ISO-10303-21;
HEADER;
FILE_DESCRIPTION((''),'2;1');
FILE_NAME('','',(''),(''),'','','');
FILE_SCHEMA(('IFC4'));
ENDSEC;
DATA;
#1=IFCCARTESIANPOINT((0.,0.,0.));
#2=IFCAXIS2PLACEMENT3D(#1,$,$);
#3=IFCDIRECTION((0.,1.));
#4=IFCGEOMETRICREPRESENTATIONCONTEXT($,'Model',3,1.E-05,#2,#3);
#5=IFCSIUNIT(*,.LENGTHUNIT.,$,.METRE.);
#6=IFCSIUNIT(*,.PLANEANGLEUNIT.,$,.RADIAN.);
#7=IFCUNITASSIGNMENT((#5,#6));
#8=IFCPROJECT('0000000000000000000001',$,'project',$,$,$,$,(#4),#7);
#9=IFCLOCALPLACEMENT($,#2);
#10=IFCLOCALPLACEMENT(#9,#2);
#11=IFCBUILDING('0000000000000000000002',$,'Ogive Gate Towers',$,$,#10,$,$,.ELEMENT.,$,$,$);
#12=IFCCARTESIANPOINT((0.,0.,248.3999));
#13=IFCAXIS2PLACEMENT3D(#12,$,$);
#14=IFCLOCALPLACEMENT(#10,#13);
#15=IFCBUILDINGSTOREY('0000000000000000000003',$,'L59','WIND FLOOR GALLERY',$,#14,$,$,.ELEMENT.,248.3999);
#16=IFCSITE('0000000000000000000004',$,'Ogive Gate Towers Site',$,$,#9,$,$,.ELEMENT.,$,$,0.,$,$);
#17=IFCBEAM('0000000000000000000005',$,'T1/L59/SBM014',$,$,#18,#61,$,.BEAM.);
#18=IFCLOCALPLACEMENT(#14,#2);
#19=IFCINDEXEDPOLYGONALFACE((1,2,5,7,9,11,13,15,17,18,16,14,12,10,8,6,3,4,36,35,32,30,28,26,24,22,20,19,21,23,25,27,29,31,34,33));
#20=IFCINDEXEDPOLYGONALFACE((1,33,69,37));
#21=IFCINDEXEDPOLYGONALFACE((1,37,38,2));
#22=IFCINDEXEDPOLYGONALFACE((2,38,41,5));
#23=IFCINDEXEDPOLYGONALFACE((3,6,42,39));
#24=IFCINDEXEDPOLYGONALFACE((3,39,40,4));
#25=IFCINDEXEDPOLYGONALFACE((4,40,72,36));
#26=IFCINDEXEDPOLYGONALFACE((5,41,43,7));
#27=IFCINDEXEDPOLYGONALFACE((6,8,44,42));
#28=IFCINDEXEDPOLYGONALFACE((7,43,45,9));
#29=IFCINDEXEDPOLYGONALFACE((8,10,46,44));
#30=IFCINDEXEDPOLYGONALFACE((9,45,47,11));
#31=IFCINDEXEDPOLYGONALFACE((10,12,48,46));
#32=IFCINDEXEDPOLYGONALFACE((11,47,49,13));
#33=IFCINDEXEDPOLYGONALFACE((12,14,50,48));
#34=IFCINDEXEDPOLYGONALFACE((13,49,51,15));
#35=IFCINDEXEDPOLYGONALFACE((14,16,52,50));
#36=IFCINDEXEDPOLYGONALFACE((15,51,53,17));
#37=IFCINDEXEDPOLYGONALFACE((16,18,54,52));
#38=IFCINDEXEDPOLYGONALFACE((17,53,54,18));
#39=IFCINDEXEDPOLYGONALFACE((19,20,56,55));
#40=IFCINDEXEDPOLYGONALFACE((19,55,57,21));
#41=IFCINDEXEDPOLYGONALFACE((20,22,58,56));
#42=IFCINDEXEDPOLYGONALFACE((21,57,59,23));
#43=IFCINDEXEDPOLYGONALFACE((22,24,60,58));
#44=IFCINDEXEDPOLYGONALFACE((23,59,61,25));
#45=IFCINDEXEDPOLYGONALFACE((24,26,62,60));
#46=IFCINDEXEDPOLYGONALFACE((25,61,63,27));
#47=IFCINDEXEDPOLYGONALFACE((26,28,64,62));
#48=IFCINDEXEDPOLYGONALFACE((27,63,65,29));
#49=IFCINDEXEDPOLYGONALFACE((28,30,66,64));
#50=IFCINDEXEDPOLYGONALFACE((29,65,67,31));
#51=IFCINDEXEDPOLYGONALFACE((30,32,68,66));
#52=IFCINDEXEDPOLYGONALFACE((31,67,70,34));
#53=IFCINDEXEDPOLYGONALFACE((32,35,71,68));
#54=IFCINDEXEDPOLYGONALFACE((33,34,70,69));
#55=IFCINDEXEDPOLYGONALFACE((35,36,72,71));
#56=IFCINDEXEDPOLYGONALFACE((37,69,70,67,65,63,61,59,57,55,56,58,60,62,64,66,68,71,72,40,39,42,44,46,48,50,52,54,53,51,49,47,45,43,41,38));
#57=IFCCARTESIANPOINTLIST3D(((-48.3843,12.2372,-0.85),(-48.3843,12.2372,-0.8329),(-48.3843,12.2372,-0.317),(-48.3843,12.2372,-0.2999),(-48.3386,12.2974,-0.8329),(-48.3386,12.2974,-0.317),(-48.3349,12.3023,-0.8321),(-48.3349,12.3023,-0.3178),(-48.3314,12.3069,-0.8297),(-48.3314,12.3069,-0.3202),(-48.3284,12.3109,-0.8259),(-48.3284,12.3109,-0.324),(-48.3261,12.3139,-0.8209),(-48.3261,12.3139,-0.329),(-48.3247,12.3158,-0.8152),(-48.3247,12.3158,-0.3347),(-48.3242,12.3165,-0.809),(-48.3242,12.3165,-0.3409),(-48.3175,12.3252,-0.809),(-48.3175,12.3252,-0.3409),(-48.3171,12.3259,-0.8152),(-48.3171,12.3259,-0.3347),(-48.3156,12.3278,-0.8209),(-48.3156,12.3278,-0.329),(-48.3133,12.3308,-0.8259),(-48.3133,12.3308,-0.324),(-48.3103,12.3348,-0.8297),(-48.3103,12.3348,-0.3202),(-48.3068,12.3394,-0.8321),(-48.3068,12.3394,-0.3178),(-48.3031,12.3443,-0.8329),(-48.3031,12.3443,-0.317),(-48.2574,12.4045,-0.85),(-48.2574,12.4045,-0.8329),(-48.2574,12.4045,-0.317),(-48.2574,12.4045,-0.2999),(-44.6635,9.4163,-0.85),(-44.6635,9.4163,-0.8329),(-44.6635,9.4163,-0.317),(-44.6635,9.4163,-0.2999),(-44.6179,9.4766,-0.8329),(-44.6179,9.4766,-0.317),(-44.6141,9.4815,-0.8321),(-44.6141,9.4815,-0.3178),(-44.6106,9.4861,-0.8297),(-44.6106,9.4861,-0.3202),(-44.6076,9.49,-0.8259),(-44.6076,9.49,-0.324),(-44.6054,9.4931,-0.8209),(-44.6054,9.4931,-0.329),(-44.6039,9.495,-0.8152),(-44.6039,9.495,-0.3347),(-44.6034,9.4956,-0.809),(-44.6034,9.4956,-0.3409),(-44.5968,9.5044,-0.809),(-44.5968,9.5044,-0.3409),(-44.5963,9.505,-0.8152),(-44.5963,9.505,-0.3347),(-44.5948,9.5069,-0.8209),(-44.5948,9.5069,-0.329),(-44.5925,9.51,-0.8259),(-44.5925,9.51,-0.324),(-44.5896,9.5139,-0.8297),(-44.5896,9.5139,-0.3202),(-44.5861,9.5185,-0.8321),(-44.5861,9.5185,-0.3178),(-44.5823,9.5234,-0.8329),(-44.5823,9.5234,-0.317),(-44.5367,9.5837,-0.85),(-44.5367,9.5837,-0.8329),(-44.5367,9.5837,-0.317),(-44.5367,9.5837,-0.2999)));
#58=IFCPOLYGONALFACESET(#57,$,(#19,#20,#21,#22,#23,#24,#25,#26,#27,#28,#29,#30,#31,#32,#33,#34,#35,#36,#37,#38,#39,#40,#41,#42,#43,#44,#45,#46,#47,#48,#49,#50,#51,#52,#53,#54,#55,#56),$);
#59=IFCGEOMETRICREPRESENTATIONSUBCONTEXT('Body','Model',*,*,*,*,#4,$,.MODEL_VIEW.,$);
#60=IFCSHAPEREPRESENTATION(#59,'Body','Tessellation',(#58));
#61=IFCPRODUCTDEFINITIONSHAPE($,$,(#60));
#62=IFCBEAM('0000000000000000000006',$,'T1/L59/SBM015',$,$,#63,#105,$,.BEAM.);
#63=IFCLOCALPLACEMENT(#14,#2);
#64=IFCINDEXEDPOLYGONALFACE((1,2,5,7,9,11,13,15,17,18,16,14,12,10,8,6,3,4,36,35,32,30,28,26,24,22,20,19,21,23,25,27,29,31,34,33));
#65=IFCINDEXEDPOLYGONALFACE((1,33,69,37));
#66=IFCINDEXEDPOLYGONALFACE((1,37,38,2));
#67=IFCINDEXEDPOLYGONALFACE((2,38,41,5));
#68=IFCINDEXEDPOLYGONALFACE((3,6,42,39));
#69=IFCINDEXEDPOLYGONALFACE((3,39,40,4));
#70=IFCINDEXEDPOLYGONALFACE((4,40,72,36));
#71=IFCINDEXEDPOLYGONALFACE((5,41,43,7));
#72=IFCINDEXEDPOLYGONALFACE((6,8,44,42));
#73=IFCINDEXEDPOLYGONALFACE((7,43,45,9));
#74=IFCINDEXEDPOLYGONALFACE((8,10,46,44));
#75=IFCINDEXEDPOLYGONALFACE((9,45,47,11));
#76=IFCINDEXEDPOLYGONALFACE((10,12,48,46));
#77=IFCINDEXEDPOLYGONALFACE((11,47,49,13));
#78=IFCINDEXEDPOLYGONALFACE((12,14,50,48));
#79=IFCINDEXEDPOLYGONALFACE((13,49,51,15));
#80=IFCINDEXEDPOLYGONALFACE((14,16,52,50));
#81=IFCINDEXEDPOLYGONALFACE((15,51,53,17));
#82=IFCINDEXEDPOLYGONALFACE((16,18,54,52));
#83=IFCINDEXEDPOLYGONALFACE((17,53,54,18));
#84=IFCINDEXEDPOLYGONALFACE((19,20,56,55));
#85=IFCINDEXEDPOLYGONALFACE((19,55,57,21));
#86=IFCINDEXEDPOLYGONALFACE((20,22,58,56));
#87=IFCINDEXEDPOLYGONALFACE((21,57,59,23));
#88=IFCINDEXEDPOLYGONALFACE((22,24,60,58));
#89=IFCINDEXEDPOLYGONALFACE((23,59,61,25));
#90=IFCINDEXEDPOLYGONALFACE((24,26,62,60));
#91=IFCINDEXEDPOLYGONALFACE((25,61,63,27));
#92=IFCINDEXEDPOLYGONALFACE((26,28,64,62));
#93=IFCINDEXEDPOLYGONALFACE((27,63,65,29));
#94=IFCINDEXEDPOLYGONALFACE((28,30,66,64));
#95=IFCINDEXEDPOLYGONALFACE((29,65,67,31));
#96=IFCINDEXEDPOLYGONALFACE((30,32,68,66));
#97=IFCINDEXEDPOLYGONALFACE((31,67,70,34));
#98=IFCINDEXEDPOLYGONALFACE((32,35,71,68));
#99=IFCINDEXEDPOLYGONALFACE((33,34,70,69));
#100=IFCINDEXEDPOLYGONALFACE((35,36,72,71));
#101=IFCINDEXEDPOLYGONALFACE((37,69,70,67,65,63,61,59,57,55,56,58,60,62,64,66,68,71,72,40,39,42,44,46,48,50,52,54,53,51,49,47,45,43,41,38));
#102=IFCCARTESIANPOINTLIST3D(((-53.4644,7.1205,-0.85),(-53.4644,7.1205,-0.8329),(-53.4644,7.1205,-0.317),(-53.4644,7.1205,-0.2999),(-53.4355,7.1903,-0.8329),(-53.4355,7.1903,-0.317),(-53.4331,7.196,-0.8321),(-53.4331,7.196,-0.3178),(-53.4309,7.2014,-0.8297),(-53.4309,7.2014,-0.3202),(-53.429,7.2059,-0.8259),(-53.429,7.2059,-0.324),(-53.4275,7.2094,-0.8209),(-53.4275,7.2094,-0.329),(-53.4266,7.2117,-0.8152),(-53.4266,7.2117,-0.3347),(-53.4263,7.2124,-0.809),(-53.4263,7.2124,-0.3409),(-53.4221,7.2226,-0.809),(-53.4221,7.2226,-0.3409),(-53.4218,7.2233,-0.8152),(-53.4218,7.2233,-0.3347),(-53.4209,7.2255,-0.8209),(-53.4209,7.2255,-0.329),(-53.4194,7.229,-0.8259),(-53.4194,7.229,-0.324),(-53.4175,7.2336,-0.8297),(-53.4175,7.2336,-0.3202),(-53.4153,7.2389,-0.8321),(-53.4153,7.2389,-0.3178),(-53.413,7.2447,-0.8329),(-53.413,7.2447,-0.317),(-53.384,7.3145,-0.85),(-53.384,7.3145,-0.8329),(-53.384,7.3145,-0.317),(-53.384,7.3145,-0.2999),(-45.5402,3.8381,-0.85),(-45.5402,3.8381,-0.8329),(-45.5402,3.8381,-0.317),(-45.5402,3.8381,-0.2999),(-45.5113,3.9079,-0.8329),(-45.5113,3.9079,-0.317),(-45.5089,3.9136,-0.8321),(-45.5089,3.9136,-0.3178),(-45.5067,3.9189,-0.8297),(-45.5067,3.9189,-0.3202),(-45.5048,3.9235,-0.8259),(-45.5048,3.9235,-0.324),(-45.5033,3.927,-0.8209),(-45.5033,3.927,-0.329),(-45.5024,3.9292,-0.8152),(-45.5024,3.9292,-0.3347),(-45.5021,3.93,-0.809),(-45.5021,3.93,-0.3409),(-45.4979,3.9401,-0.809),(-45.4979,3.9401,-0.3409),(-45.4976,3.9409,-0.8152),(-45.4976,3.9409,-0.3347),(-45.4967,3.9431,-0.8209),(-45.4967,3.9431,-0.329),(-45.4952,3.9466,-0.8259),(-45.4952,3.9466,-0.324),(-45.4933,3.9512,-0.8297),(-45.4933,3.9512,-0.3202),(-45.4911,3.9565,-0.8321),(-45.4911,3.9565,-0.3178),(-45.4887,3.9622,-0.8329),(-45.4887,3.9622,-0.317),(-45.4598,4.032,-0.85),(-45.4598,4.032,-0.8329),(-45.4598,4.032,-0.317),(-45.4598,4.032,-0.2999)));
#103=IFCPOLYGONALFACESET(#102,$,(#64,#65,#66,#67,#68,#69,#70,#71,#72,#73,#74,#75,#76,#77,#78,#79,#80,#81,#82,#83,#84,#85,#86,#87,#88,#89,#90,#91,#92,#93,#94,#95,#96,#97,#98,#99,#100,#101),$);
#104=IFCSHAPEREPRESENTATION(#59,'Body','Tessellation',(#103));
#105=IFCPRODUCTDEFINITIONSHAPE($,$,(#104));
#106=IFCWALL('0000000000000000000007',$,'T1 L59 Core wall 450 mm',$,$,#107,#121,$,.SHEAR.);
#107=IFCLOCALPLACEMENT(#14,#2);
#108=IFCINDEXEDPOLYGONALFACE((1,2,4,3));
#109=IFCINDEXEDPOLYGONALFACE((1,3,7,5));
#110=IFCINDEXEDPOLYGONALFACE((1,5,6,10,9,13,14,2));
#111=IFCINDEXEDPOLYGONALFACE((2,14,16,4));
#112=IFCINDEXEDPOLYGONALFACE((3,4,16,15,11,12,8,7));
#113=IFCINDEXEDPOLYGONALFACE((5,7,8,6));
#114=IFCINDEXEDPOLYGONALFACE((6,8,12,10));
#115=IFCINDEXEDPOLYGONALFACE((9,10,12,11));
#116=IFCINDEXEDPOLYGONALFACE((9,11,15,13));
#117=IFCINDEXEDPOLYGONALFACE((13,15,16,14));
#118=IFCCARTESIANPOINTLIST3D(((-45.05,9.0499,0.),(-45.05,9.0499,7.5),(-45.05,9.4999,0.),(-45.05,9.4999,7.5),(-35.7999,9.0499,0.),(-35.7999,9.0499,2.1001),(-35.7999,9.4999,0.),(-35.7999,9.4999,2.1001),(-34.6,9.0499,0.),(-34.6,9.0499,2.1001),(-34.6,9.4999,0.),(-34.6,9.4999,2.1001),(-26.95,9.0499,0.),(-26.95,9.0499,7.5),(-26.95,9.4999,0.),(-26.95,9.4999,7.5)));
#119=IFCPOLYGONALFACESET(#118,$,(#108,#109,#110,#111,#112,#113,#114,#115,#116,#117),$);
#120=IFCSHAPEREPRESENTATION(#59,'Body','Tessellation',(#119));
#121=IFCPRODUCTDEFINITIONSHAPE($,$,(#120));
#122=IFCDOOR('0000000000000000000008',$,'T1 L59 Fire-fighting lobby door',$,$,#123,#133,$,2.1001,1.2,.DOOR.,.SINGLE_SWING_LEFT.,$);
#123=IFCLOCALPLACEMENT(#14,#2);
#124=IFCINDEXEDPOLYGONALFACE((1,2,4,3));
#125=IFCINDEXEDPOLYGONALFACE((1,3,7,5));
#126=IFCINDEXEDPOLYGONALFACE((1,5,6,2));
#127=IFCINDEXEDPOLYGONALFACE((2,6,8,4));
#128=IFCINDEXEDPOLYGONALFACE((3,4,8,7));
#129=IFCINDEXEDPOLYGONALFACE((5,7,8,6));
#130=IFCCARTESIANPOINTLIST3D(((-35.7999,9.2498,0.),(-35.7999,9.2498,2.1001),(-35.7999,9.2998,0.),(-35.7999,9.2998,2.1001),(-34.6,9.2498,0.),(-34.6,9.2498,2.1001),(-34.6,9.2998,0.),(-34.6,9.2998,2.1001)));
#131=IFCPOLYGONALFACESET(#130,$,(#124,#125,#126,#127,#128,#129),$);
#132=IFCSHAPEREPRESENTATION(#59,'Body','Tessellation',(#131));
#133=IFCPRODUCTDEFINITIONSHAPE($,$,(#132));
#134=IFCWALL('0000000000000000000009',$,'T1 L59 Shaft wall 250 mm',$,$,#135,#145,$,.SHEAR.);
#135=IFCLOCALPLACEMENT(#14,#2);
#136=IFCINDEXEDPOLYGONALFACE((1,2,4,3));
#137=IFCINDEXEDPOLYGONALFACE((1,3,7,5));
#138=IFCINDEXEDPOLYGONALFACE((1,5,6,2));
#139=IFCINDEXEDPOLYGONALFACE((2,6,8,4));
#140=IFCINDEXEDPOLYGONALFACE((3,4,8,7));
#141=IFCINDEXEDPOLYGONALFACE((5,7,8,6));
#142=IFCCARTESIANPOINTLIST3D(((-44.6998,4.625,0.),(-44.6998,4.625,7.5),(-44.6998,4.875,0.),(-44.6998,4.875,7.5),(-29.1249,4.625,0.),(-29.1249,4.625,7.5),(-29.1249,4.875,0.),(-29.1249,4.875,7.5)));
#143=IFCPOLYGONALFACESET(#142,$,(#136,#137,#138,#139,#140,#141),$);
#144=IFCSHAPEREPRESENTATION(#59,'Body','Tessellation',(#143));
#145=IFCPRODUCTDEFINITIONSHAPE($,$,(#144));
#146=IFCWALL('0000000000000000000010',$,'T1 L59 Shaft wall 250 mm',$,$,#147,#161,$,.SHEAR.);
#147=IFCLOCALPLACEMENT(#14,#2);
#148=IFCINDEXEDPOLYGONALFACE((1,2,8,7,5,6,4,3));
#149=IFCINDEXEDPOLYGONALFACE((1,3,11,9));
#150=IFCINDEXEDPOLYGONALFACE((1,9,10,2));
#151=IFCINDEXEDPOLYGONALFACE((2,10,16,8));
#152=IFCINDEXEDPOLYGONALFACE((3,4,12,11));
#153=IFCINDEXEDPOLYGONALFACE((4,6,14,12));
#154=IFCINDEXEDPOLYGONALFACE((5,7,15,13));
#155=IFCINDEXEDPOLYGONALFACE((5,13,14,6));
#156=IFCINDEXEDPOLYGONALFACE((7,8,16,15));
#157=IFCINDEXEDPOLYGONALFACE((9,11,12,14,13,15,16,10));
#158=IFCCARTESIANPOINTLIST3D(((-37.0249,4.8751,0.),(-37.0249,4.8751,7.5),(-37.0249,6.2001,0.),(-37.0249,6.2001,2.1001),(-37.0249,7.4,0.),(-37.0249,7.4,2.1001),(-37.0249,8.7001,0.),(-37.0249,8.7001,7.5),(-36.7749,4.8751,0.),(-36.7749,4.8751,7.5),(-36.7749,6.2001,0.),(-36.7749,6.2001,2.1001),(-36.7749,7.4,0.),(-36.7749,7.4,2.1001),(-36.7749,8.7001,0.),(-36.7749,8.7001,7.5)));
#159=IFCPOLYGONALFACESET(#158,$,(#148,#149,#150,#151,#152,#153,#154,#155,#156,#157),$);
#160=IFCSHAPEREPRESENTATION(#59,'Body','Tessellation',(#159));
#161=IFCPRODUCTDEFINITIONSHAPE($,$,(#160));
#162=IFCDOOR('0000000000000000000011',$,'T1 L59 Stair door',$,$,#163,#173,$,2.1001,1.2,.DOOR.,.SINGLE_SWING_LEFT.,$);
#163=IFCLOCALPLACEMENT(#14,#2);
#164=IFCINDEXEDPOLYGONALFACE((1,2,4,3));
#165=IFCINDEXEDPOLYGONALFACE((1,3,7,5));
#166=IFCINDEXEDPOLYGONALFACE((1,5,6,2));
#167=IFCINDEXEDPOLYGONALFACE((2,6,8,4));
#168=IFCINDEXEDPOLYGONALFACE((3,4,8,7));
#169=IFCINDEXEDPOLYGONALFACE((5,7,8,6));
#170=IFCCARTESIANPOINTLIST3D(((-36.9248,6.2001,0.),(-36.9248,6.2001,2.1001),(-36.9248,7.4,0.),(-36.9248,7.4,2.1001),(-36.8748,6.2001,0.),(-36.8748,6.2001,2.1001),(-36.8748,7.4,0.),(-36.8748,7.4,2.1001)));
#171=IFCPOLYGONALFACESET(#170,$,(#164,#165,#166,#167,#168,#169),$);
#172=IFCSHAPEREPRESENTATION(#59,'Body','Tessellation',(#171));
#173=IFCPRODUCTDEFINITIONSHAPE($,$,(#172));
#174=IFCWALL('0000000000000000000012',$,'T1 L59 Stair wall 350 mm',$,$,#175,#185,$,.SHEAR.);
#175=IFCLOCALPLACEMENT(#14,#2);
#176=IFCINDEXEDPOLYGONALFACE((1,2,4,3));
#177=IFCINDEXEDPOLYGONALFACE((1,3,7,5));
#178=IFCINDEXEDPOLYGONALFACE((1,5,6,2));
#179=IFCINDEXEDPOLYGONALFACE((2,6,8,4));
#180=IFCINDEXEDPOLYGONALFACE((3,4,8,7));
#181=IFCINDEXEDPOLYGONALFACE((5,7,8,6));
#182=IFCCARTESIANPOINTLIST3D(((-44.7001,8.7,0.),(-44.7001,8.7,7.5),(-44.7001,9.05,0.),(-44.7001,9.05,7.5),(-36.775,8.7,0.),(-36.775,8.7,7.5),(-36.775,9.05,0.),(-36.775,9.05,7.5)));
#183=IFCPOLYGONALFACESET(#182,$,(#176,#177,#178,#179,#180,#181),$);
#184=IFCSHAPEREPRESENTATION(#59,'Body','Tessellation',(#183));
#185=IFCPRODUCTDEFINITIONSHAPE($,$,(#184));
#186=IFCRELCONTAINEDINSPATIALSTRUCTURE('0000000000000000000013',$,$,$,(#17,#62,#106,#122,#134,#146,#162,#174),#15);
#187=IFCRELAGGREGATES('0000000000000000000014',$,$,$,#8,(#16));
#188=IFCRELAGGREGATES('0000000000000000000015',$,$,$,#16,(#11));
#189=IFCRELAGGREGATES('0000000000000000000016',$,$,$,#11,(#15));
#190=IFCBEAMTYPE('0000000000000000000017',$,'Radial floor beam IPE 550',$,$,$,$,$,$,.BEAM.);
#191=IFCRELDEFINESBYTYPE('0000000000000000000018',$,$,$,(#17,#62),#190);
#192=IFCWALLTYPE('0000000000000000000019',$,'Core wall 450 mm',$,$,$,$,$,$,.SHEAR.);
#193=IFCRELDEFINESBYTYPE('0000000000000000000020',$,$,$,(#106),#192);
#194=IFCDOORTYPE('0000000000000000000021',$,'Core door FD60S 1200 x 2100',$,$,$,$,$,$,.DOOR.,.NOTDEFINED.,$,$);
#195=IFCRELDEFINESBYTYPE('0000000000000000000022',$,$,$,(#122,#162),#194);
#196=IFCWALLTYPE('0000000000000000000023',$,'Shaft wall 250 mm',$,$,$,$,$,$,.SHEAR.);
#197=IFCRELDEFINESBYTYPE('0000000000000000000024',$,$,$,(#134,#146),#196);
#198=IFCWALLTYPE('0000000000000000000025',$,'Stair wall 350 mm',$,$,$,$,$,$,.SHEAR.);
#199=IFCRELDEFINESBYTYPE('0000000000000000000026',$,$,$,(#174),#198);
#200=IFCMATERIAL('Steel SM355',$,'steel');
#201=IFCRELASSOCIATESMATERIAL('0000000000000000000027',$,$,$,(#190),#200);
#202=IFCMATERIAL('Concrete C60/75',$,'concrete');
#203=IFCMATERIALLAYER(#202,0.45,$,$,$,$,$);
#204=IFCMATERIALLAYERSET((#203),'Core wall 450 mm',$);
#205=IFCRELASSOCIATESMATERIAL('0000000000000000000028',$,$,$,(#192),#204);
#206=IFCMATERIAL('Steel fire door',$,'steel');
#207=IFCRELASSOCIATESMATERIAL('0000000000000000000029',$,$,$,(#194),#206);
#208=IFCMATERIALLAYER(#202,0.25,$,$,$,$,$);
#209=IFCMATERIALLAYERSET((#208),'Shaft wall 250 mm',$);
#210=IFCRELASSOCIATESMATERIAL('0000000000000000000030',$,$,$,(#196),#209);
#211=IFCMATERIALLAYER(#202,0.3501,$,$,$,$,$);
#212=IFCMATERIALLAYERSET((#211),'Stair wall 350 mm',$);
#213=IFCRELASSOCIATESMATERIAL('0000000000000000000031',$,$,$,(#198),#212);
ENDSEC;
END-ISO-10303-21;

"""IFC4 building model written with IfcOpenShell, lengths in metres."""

from ifc_helpers import new_model, si_unit, direction, frame, frame_2d, origin, origin_2d, place, context, subcontext, project, spatial, rectangle, i_section, extrude, material, layer, layer_set, material_profile, profile_set, type_object, element, fill, save


model = new_model("IFC4")

# Units and contexts
model_context = context("Model", 3, precision=1e-05, world=origin(), true_north=direction((0.0, 1.0)))
body_context = subcontext(model_context, "Body", "Model", "MODEL_VIEW")
ifc_project = project(units=[si_unit("LENGTHUNIT", "METRE"), si_unit("PLANEANGLEUNIT", "RADIAN")], contexts=[model_context])

# Site, building, storey
site_placement = place(None, origin())
site = spatial("IfcSite", under=ifc_project, at=site_placement, Name="Ogive Gate Towers Site", CompositionType="ELEMENT", RefElevation=0.0)
building_placement = place(site_placement, origin())
building = spatial("IfcBuilding", under=site, at=building_placement, Name="Ogive Gate Towers", CompositionType="ELEMENT")
storey_placement = place(building_placement, frame((0.0, 0.0, 248.3999)))
storey = spatial("IfcBuildingStorey", under=building, at=storey_placement, Name="L59", Description="WIND FLOOR GALLERY", CompositionType="ELEMENT", Elevation=248.3999)

# Beams
ifc_material_1 = material(Name="Steel SM355", Category="steel")
ifc_material_profile_1 = material_profile(ifc_material_1, i_section(OverallWidth=0.21, OverallDepth=0.55, WebThickness=0.011, FlangeThickness=0.0171, FilletRadius=0.0239, at=origin_2d()), Name="IPE 550")
ifc_profile_set_1 = profile_set([ifc_material_profile_1], Name="Steel SM355")
beam_type_1 = type_object("IfcBeamType", Name="Radial floor beam IPE 550", PredefinedType="BEAM", material=ifc_profile_set_1)
beam_1_placement = place(storey_placement, frame((-44.6001, 9.5, -0.575), z_axis=(-0.796877, 0.604142, 0.0), x_axis=(-0.604142, -0.796877, 0.0)))
element("IfcBeam", 1, at=beam_1_placement, inside=storey, type_object=beam_type_1, Name="T1/L59/SBM014", PredefinedType="BEAM", context=body_context, shape_type="SweptSolid", body=[
    extrude(i_section(OverallWidth=0.21, OverallDepth=0.55, WebThickness=0.011, FlangeThickness=0.0171, FilletRadius=0.0239, at=origin_2d()), origin(), (0.0, 0.0, 1.0), 4.6692),
])
beam_2_placement = place(storey_placement, frame((-45.5, 3.9351, -0.575), z_axis=(-0.923875, 0.382695, 0.0), x_axis=(-0.382695, -0.923875, 0.0)))
element("IfcBeam", 2, at=beam_2_placement, inside=storey, type_object=beam_type_1, Name="T1/L59/SBM015", PredefinedType="BEAM", context=body_context, shape_type="SweptSolid", body=[
    extrude(i_section(OverallWidth=0.21, OverallDepth=0.55, WebThickness=0.011, FlangeThickness=0.0171, FilletRadius=0.0239, at=origin_2d()), origin(), (0.0, 0.0, 1.0), 8.5771),
])

# Wall, opening, door
ifc_material_2 = material(Name="Concrete C60/75", Category="concrete")
ifc_layer_1 = layer(ifc_material_2, 0.45)
ifc_layer_set_1 = layer_set([ifc_layer_1], Name="Core wall 450 mm")
wall_type_1 = type_object("IfcWallType", Name="Core wall 450 mm", PredefinedType="SHEAR", material=ifc_layer_set_1)
wall_1_placement = place(storey_placement, frame((-45.05, 9.2749, 0.0), z_axis=(0.0, 0.0, 1.0), x_axis=(1.0, 0.0, 0.0)))
wall_1 = element("IfcWall", 3, at=wall_1_placement, inside=storey, type_object=wall_type_1, Name="T1 L59 Core wall 450 mm", PredefinedType="SHEAR", context=body_context, shape_type="SweptSolid", body=[
    extrude(rectangle(XDim=18.1001, YDim=0.45, at=frame_2d((9.05, 0.0))), origin(), (0.0, 0.0, 1.0), 7.5),
])
opening_1_placement = place(wall_1_placement, frame((9.25, 0.0, 0.0)))
opening_1 = element("IfcOpeningElement", 4, at=opening_1_placement, cuts=wall_1, PredefinedType="OPENING", context=body_context, shape_type="SweptSolid", body=[
    extrude(rectangle(XDim=1.2, YDim=2.1001, at=frame_2d((0.6001, 1.05))), frame((0.0, 0.2349, 0.0), z_axis=(0.0, -1.0, 0.0), x_axis=(1.0, 0.0, 0.0)), (0.0, 0.0, 1.0), 0.47),
])
ifc_material_3 = material(Name="Steel fire door", Category="steel")
door_type = type_object("IfcDoorType", Name="Core door FD60S 1200 x 2100", OperationType="NOTDEFINED", PredefinedType="DOOR", material=ifc_material_3)
door_1_placement = place(opening_1_placement, origin())
door_1 = element("IfcDoor", 5, at=door_1_placement, inside=storey, type_object=door_type, Name="T1 L59 Fire-fighting lobby door", OperationType="SINGLE_SWING_LEFT", OverallHeight=2.1001, OverallWidth=1.2, PredefinedType="DOOR", context=body_context, shape_type="SweptSolid", body=[
    extrude(rectangle(XDim=1.2, YDim=2.1001, at=frame_2d((0.6001, 1.05))), frame((0.0, 0.0249, 0.0), z_axis=(0.0, -1.0, 0.0), x_axis=(1.0, 0.0, 0.0)), (0.0, 0.0, 1.0), 0.05),
])
fill(opening_1, door_1)

# Wall
ifc_layer_2 = layer(ifc_material_2, 0.25)
ifc_layer_set_2 = layer_set([ifc_layer_2], Name="Shaft wall 250 mm")
wall_type_2 = type_object("IfcWallType", Name="Shaft wall 250 mm", PredefinedType="SHEAR", material=ifc_layer_set_2)
wall_2_placement = place(storey_placement, frame((-44.7, 4.75, 0.0), z_axis=(0.0, 0.0, 1.0), x_axis=(1.0, 0.0, 0.0)))
element("IfcWall", 6, at=wall_2_placement, inside=storey, type_object=wall_type_2, Name="T1 L59 Shaft wall 250 mm", PredefinedType="SHEAR", context=body_context, shape_type="SweptSolid", body=[
    extrude(rectangle(XDim=15.575, YDim=0.25, at=frame_2d((7.7876, 0.0))), origin(), (0.0, 0.0, 1.0), 7.5),
])

# Wall, opening, door
wall_3_placement = place(storey_placement, frame((-36.8999, 4.875, 0.0), z_axis=(0.0, 0.0, 1.0), x_axis=(0.0, 1.0, 0.0)))
wall_3 = element("IfcWall", 7, at=wall_3_placement, inside=storey, type_object=wall_type_2, Name="T1 L59 Shaft wall 250 mm", PredefinedType="SHEAR", context=body_context, shape_type="SweptSolid", body=[
    extrude(rectangle(XDim=3.825, YDim=0.25, at=frame_2d((1.9126, 0.0))), origin(), (0.0, 0.0, 1.0), 7.5),
])
opening_2_placement = place(wall_3_placement, frame((1.325, 0.0, 0.0)))
opening_2 = element("IfcOpeningElement", 8, at=opening_2_placement, cuts=wall_3, PredefinedType="OPENING", context=body_context, shape_type="SweptSolid", body=[
    extrude(rectangle(XDim=1.2, YDim=2.1001, at=frame_2d((0.6001, 1.05))), frame((0.0, 0.135, 0.0), z_axis=(0.0, -1.0, 0.0), x_axis=(1.0, 0.0, 0.0)), (0.0, 0.0, 1.0), 0.27),
])
door_2_placement = place(opening_2_placement, origin())
door_2 = element("IfcDoor", 9, at=door_2_placement, inside=storey, type_object=door_type, Name="T1 L59 Stair door", OperationType="SINGLE_SWING_LEFT", OverallHeight=2.1001, OverallWidth=1.2, PredefinedType="DOOR", context=body_context, shape_type="SweptSolid", body=[
    extrude(rectangle(XDim=1.2, YDim=2.1001, at=frame_2d((0.6001, 1.05))), frame((0.0, 0.0249, 0.0), z_axis=(0.0, -1.0, 0.0), x_axis=(1.0, 0.0, 0.0)), (0.0, 0.0, 1.0), 0.05),
])
fill(opening_2, door_2)

# Wall
ifc_layer_3 = layer(ifc_material_2, 0.3501)
ifc_layer_set_3 = layer_set([ifc_layer_3], Name="Stair wall 350 mm")
wall_type_3 = type_object("IfcWallType", Name="Stair wall 350 mm", PredefinedType="SHEAR", material=ifc_layer_set_3)
wall_4_placement = place(storey_placement, frame((-44.7, 8.875, 0.0), z_axis=(0.0, 0.0, 1.0), x_axis=(1.0, 0.0, 0.0)))
element("IfcWall", 10, at=wall_4_placement, inside=storey, type_object=wall_type_3, Name="T1 L59 Stair wall 350 mm", PredefinedType="SHEAR", context=body_context, shape_type="SweptSolid", body=[
    extrude(rectangle(XDim=7.925, YDim=0.3501, at=frame_2d((3.9624, 0.0))), origin(), (0.0, 0.0, 1.0), 7.5),
])

save(model, "model.ifc")
